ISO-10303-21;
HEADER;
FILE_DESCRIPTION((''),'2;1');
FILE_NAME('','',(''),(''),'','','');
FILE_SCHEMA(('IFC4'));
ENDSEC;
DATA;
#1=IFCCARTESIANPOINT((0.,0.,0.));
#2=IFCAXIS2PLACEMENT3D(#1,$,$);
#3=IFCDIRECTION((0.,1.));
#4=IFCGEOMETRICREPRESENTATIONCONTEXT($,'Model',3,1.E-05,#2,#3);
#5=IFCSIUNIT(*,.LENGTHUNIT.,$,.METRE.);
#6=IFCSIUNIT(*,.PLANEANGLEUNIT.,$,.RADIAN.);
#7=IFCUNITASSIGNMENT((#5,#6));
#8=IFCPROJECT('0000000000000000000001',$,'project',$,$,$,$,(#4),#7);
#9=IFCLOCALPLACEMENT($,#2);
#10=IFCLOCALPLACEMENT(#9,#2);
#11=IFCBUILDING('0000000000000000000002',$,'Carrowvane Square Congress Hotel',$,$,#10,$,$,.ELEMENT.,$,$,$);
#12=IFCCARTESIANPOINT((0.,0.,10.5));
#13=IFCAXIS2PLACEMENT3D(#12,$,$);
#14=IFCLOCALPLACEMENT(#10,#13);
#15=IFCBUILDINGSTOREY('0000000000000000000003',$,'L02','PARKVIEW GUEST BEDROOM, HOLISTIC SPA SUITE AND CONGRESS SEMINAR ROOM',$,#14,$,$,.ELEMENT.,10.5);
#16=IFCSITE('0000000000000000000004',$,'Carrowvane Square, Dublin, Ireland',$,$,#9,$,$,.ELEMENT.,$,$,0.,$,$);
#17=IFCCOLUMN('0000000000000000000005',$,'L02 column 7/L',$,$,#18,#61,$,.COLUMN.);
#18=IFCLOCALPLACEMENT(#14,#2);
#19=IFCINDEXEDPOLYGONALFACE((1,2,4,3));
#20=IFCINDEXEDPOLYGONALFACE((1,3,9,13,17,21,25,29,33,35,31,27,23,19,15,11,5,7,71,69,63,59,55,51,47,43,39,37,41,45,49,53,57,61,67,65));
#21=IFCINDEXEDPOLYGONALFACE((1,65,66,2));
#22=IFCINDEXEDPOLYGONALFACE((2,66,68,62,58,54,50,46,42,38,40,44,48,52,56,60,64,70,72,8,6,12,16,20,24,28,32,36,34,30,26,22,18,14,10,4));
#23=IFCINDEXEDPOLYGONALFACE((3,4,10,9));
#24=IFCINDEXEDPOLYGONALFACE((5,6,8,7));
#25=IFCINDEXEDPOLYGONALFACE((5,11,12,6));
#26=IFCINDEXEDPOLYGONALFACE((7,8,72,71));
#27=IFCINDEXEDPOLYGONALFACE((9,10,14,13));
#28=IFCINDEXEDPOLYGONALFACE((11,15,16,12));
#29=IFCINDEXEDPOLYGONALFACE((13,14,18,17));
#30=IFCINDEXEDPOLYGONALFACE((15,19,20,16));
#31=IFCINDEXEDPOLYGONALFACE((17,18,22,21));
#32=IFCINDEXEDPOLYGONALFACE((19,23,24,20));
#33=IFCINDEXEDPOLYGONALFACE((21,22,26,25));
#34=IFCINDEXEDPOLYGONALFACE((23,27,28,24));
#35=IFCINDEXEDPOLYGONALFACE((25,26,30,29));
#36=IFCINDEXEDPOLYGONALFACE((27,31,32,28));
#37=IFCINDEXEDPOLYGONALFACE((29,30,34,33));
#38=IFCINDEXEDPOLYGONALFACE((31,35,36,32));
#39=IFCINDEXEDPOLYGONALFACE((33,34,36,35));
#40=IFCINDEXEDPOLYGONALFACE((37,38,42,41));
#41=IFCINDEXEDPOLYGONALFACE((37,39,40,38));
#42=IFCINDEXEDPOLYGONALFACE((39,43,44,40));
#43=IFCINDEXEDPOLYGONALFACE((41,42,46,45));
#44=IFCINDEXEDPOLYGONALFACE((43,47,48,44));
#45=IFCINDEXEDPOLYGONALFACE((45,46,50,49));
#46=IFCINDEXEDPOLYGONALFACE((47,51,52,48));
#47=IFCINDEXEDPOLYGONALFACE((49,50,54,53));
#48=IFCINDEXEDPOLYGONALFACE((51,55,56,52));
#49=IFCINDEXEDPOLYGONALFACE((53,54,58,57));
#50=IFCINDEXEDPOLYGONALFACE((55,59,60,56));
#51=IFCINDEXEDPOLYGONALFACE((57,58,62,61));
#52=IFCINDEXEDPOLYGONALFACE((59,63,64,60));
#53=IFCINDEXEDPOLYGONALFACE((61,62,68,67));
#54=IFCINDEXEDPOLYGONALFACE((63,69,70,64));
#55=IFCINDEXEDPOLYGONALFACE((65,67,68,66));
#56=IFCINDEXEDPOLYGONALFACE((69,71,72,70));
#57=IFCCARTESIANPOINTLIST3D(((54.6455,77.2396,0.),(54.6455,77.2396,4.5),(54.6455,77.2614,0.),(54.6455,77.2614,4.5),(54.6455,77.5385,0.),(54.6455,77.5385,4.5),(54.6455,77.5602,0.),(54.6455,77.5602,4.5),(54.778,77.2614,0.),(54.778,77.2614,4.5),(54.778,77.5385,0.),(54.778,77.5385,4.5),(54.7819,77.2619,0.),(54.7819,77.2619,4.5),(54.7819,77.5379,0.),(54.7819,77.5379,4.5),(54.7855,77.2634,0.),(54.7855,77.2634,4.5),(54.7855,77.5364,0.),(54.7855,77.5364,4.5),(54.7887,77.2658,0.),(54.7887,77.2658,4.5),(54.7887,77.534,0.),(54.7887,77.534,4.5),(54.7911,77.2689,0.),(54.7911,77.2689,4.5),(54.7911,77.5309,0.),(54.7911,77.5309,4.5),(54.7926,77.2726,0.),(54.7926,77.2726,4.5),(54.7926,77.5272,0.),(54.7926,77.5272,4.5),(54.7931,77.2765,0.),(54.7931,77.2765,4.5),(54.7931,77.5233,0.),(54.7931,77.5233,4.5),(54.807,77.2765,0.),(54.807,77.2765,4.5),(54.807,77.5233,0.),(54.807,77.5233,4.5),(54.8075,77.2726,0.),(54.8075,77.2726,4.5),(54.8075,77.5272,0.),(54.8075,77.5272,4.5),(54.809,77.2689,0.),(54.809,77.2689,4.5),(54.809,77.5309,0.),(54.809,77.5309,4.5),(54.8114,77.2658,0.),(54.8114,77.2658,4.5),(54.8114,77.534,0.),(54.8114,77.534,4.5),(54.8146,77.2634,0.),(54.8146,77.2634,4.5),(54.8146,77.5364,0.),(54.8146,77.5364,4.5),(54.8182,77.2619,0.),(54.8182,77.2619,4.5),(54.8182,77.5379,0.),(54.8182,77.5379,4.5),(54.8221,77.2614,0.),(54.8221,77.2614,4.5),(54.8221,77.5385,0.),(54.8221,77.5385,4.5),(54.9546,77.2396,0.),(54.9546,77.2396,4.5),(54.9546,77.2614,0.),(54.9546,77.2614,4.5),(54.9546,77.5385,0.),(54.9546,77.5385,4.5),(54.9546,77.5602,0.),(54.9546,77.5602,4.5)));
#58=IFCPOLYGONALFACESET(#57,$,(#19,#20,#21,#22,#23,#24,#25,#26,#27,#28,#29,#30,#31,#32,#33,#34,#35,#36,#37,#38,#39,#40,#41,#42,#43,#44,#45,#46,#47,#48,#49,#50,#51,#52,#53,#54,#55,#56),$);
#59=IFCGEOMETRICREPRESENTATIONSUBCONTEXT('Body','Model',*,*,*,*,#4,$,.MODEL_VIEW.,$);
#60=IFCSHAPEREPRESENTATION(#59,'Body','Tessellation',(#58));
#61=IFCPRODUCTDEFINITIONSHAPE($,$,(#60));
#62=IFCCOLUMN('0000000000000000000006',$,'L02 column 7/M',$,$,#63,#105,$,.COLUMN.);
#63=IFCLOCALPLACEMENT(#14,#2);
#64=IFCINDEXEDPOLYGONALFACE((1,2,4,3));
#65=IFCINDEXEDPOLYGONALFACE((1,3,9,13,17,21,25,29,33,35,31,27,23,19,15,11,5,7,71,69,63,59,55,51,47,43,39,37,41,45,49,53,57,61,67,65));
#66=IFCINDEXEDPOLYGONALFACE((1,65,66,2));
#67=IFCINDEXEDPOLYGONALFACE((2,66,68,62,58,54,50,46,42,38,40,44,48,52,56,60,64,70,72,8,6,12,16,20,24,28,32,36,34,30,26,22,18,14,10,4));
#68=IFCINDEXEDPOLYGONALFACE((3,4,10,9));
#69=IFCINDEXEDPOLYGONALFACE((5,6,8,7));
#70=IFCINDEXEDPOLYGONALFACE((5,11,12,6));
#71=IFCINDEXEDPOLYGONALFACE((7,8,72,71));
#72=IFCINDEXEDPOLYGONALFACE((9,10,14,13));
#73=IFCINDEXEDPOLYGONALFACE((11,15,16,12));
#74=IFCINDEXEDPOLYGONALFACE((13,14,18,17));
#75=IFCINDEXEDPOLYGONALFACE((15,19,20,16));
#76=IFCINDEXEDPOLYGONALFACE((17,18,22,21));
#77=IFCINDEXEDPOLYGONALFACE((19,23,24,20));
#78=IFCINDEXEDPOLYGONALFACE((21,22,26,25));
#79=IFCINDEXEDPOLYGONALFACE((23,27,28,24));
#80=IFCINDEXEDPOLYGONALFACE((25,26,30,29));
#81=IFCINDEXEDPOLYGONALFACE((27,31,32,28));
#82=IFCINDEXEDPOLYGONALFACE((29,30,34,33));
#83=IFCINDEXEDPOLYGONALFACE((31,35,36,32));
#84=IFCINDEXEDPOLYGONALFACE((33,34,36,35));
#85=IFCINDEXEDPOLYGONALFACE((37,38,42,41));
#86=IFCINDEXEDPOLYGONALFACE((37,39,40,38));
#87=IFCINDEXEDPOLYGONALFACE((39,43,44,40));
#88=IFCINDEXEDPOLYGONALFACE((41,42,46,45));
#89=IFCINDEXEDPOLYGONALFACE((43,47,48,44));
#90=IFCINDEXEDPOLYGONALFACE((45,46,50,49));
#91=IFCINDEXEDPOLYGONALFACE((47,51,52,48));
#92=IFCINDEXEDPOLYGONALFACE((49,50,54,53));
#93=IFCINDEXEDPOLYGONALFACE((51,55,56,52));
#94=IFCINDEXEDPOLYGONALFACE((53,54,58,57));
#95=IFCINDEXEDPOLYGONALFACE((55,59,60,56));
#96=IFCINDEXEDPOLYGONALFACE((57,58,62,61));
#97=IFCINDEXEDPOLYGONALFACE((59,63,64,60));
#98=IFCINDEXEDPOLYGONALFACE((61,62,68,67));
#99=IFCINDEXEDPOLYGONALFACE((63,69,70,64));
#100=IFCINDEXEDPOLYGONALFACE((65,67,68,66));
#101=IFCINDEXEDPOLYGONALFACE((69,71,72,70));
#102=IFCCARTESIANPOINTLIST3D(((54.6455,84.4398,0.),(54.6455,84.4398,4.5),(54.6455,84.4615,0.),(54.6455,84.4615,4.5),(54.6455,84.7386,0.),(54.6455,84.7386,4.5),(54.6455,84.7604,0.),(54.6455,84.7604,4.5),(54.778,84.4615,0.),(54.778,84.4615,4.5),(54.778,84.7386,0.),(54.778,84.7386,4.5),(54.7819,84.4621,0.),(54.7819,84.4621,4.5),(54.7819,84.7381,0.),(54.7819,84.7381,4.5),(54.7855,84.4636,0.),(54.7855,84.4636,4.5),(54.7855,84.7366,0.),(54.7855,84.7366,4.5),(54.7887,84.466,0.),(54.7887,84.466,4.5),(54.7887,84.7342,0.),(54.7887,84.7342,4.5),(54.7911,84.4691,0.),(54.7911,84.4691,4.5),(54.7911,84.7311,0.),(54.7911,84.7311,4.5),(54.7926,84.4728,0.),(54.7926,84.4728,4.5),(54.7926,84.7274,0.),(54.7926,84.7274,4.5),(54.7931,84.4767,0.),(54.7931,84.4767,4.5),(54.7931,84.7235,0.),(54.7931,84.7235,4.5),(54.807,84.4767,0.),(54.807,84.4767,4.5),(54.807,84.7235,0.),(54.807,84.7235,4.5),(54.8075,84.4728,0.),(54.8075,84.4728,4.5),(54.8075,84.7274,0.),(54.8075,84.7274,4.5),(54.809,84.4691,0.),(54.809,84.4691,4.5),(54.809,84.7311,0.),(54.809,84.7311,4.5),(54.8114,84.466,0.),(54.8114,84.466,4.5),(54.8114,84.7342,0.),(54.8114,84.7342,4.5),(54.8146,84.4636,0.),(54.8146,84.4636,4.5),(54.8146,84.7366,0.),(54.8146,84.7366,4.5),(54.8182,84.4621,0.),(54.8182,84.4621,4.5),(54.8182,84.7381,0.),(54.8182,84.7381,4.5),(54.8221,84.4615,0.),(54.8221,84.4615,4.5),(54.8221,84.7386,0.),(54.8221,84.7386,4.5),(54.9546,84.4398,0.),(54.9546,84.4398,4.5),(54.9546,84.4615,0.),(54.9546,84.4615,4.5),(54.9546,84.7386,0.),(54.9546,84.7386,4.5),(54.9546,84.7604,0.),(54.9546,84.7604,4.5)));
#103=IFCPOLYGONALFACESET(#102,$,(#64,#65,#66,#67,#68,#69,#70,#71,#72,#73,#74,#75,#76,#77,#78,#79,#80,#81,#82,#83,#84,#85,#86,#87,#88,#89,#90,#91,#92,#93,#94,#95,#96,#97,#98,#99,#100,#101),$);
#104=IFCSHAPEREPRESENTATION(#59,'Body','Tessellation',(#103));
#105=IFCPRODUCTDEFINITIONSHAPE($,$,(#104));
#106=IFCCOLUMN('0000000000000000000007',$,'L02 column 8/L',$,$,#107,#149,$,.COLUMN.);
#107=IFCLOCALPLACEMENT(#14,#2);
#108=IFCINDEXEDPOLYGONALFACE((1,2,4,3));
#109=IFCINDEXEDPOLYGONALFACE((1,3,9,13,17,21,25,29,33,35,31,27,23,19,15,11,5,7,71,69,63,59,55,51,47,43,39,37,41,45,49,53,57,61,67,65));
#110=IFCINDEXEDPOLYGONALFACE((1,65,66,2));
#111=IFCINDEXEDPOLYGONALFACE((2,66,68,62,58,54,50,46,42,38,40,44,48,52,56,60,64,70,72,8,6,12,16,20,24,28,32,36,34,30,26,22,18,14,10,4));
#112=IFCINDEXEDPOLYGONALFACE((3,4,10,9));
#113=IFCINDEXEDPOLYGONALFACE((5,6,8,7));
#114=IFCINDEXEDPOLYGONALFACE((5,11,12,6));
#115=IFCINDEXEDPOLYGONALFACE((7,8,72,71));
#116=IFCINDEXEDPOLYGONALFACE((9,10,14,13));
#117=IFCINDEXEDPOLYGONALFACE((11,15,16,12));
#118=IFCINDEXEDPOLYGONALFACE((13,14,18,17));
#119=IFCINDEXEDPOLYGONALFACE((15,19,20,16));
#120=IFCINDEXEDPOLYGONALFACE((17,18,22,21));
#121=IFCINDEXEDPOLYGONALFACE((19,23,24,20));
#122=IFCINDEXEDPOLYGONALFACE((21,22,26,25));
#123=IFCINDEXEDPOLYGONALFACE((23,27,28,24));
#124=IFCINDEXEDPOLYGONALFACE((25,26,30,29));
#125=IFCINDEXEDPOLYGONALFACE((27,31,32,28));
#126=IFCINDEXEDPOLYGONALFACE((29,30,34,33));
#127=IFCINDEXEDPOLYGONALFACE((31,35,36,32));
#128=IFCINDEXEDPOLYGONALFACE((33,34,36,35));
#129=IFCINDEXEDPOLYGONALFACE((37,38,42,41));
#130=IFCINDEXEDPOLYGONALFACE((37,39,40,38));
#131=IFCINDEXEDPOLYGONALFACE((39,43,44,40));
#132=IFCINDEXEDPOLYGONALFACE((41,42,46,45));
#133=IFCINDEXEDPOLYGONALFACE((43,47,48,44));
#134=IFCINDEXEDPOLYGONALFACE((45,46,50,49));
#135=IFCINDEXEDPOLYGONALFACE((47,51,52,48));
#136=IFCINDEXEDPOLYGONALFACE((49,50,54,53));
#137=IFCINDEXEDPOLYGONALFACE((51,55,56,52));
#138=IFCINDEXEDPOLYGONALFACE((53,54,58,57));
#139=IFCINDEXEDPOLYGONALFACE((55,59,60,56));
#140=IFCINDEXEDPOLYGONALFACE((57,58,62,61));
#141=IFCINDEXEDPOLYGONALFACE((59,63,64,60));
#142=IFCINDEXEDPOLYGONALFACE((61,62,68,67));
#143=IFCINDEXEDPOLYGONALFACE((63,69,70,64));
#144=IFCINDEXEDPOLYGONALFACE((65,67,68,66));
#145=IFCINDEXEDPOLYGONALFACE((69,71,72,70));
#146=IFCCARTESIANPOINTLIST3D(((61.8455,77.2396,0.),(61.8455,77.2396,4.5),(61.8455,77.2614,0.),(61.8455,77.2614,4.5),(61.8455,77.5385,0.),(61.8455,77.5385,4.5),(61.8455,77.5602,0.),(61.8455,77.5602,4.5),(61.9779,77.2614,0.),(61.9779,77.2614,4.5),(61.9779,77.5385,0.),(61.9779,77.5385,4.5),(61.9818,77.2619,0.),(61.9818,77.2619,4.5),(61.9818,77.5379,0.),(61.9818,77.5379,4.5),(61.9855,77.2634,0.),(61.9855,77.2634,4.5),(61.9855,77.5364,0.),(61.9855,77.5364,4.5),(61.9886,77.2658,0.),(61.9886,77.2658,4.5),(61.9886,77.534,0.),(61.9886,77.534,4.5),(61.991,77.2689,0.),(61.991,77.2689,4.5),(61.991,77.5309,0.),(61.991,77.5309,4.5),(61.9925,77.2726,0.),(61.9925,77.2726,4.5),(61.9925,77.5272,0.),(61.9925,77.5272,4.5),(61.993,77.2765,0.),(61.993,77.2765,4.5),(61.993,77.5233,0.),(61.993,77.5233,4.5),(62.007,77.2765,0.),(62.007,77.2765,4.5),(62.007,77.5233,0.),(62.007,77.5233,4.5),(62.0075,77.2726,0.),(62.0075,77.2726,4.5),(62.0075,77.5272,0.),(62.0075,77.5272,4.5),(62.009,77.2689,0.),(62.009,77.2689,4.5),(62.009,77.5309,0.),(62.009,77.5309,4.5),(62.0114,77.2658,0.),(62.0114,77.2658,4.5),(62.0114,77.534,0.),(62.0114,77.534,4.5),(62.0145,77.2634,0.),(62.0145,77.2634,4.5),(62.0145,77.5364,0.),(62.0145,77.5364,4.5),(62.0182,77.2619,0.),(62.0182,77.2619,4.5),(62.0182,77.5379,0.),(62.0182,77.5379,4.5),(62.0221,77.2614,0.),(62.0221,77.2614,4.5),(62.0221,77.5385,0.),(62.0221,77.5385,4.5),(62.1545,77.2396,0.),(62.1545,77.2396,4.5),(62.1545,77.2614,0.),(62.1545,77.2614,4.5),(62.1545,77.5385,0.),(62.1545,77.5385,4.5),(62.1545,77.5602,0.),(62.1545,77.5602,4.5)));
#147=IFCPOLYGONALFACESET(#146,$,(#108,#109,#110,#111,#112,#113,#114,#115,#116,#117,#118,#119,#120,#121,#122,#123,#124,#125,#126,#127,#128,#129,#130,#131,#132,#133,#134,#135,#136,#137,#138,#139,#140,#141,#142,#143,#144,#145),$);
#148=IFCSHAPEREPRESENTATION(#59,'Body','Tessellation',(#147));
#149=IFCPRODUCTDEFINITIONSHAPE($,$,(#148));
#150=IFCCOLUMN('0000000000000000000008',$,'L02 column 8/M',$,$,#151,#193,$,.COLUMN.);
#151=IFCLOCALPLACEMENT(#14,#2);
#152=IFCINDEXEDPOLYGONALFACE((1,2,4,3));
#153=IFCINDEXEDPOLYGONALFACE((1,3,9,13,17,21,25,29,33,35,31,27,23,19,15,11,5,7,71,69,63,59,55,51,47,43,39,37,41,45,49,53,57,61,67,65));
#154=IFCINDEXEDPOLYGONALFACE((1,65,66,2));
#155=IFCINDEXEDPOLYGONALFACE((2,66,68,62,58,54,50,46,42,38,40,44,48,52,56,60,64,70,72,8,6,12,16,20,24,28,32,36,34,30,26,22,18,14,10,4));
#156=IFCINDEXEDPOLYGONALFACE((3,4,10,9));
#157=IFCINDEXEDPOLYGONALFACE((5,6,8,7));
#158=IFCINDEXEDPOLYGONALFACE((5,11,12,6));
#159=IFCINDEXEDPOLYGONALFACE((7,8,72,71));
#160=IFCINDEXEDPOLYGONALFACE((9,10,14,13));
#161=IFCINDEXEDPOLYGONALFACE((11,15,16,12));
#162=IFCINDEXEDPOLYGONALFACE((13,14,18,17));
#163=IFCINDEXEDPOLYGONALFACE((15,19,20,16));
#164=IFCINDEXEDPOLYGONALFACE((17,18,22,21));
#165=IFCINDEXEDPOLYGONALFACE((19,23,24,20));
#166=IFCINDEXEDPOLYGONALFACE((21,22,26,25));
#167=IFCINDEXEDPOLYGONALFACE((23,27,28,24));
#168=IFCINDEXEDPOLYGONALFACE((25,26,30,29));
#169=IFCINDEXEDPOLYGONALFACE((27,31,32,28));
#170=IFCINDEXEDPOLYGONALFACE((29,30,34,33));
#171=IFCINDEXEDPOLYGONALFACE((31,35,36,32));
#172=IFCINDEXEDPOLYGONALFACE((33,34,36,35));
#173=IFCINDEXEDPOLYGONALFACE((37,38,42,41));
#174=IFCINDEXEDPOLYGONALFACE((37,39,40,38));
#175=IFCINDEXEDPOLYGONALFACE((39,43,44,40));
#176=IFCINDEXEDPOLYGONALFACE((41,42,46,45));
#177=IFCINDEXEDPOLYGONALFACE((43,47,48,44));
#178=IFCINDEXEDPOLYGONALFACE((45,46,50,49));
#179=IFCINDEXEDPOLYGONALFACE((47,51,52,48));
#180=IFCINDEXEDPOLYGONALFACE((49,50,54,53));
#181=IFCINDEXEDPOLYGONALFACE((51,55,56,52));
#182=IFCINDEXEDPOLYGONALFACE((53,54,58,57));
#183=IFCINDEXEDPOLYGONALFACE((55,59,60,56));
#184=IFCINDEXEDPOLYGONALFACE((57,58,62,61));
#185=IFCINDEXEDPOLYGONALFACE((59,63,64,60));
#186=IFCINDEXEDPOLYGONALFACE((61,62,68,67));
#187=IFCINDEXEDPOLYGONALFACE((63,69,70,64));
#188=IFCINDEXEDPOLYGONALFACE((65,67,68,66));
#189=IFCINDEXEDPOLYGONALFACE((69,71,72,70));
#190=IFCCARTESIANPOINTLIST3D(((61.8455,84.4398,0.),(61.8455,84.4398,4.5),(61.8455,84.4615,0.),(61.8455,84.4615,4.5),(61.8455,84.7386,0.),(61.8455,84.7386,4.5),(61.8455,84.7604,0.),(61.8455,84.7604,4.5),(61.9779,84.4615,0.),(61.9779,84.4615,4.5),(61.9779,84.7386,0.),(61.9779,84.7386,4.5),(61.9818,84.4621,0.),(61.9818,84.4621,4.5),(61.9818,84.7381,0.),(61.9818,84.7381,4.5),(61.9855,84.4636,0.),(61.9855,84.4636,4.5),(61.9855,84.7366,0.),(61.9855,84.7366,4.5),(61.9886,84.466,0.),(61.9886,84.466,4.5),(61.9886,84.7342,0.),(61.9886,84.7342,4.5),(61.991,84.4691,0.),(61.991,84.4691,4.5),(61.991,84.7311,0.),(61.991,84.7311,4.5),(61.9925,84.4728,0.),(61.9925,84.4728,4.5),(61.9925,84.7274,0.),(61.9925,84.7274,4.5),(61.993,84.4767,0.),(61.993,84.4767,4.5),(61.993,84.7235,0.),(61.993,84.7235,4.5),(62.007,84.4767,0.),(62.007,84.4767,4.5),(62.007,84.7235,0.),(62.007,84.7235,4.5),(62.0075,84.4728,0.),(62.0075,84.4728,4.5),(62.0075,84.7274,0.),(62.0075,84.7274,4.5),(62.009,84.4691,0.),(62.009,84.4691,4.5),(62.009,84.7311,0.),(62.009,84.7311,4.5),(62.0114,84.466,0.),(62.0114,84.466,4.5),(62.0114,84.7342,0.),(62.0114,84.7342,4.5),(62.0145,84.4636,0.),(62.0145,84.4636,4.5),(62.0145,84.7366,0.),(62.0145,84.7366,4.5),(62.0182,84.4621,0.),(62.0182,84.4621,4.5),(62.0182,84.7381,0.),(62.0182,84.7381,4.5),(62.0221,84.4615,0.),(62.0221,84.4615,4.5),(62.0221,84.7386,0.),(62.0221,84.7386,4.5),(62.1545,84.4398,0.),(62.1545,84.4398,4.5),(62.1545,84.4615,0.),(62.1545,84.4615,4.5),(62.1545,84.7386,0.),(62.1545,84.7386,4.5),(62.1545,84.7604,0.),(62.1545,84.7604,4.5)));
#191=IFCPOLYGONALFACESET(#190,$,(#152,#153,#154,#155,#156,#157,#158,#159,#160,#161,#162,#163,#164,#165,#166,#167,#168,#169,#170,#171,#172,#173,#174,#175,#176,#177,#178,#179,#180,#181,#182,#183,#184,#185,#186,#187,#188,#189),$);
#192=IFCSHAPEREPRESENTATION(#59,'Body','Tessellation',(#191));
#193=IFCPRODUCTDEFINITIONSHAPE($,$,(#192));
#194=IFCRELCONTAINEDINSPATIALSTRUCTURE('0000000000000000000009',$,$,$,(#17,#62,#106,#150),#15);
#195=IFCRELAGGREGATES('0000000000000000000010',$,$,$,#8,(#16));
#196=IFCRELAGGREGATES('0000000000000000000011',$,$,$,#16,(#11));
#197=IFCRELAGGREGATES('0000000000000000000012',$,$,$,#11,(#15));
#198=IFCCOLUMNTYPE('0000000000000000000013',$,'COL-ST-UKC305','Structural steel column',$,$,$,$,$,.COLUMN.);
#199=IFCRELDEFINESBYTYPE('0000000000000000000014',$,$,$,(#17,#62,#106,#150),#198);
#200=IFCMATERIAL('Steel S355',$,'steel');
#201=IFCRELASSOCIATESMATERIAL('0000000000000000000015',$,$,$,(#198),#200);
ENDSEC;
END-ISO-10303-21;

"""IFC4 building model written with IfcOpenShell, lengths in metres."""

from ifc_helpers import new_model, si_unit, direction, frame, origin, origin_2d, place, context, subcontext, project, spatial, i_section, extrude, material, material_profile, profile_set, type_object, element, save


model = new_model("IFC4")

# Units and contexts
model_context = context("Model", 3, precision=1e-05, world=origin(), true_north=direction((0.0, 1.0)))
body_context = subcontext(model_context, "Body", "Model", "MODEL_VIEW")
ifc_project = project(units=[si_unit("LENGTHUNIT", "METRE"), si_unit("PLANEANGLEUNIT", "RADIAN")], contexts=[model_context])

# Site, building, storey
site_placement = place(None, origin())
site = spatial("IfcSite", under=ifc_project, at=site_placement, Name="Carrowvane Square, Dublin, Ireland", CompositionType="ELEMENT", RefElevation=0.0)
building_placement = place(site_placement, origin())
building = spatial("IfcBuilding", under=site, at=building_placement, Name="Carrowvane Square Congress Hotel", CompositionType="ELEMENT")
storey_placement = place(building_placement, frame((0.0, 0.0, 10.5)))
storey = spatial("IfcBuildingStorey", under=building, at=storey_placement, Name="L02", Description="PARKVIEW GUEST BEDROOM, HOLISTIC SPA SUITE AND CONGRESS SEMINAR ROOM", CompositionType="ELEMENT", Elevation=10.5)

# Columns
ifc_material_1 = material(Name="Steel S355", Category="steel")
ifc_material_profile_1 = material_profile(ifc_material_1, i_section(OverallWidth=0.3091, OverallDepth=0.3206, WebThickness=0.0139, FlangeThickness=0.0217, FilletRadius=0.0151, at=origin_2d()), Name="UKC 305x305x137")
ifc_profile_set_1 = profile_set([ifc_material_profile_1], Name="Steel S355")
column_type = type_object("IfcColumnType", Name="COL-ST-UKC305", Description="Structural steel column", PredefinedType="COLUMN", material=ifc_profile_set_1)
for number, where, z_axis, x_axis, name in (
    (1, (54.8, 77.3999, 0.0), (0.0, 0.0, 1.0), (1.0, 0.0, 0.0), "L02 column 7/L"),
    (2, (54.8, 84.6001, 0.0), (0.0, 0.0, 1.0), (1.0, 0.0, 0.0), "L02 column 7/M"),
    (3, (62.0, 77.3999, 0.0), (0.0, 0.0, 1.0), (1.0, 0.0, 0.0), "L02 column 8/L"),
    (4, (62.0, 84.6001, 0.0), (0.0, 0.0, 1.0), (1.0, 0.0, 0.0), "L02 column 8/M"),
):
    element("IfcColumn", number, at=place(storey_placement, frame(where, z_axis=z_axis, x_axis=x_axis)), inside=storey, type_object=column_type, Name=name, PredefinedType="COLUMN", context=body_context, shape_type="SweptSolid", body=[
        extrude(i_section(OverallWidth=0.3091, OverallDepth=0.3206, WebThickness=0.0139, FlangeThickness=0.0217, FilletRadius=0.0151, at=origin_2d()), origin(), (0.0, 0.0, 1.0), 4.5),
    ])

save(model, "model.ifc")
